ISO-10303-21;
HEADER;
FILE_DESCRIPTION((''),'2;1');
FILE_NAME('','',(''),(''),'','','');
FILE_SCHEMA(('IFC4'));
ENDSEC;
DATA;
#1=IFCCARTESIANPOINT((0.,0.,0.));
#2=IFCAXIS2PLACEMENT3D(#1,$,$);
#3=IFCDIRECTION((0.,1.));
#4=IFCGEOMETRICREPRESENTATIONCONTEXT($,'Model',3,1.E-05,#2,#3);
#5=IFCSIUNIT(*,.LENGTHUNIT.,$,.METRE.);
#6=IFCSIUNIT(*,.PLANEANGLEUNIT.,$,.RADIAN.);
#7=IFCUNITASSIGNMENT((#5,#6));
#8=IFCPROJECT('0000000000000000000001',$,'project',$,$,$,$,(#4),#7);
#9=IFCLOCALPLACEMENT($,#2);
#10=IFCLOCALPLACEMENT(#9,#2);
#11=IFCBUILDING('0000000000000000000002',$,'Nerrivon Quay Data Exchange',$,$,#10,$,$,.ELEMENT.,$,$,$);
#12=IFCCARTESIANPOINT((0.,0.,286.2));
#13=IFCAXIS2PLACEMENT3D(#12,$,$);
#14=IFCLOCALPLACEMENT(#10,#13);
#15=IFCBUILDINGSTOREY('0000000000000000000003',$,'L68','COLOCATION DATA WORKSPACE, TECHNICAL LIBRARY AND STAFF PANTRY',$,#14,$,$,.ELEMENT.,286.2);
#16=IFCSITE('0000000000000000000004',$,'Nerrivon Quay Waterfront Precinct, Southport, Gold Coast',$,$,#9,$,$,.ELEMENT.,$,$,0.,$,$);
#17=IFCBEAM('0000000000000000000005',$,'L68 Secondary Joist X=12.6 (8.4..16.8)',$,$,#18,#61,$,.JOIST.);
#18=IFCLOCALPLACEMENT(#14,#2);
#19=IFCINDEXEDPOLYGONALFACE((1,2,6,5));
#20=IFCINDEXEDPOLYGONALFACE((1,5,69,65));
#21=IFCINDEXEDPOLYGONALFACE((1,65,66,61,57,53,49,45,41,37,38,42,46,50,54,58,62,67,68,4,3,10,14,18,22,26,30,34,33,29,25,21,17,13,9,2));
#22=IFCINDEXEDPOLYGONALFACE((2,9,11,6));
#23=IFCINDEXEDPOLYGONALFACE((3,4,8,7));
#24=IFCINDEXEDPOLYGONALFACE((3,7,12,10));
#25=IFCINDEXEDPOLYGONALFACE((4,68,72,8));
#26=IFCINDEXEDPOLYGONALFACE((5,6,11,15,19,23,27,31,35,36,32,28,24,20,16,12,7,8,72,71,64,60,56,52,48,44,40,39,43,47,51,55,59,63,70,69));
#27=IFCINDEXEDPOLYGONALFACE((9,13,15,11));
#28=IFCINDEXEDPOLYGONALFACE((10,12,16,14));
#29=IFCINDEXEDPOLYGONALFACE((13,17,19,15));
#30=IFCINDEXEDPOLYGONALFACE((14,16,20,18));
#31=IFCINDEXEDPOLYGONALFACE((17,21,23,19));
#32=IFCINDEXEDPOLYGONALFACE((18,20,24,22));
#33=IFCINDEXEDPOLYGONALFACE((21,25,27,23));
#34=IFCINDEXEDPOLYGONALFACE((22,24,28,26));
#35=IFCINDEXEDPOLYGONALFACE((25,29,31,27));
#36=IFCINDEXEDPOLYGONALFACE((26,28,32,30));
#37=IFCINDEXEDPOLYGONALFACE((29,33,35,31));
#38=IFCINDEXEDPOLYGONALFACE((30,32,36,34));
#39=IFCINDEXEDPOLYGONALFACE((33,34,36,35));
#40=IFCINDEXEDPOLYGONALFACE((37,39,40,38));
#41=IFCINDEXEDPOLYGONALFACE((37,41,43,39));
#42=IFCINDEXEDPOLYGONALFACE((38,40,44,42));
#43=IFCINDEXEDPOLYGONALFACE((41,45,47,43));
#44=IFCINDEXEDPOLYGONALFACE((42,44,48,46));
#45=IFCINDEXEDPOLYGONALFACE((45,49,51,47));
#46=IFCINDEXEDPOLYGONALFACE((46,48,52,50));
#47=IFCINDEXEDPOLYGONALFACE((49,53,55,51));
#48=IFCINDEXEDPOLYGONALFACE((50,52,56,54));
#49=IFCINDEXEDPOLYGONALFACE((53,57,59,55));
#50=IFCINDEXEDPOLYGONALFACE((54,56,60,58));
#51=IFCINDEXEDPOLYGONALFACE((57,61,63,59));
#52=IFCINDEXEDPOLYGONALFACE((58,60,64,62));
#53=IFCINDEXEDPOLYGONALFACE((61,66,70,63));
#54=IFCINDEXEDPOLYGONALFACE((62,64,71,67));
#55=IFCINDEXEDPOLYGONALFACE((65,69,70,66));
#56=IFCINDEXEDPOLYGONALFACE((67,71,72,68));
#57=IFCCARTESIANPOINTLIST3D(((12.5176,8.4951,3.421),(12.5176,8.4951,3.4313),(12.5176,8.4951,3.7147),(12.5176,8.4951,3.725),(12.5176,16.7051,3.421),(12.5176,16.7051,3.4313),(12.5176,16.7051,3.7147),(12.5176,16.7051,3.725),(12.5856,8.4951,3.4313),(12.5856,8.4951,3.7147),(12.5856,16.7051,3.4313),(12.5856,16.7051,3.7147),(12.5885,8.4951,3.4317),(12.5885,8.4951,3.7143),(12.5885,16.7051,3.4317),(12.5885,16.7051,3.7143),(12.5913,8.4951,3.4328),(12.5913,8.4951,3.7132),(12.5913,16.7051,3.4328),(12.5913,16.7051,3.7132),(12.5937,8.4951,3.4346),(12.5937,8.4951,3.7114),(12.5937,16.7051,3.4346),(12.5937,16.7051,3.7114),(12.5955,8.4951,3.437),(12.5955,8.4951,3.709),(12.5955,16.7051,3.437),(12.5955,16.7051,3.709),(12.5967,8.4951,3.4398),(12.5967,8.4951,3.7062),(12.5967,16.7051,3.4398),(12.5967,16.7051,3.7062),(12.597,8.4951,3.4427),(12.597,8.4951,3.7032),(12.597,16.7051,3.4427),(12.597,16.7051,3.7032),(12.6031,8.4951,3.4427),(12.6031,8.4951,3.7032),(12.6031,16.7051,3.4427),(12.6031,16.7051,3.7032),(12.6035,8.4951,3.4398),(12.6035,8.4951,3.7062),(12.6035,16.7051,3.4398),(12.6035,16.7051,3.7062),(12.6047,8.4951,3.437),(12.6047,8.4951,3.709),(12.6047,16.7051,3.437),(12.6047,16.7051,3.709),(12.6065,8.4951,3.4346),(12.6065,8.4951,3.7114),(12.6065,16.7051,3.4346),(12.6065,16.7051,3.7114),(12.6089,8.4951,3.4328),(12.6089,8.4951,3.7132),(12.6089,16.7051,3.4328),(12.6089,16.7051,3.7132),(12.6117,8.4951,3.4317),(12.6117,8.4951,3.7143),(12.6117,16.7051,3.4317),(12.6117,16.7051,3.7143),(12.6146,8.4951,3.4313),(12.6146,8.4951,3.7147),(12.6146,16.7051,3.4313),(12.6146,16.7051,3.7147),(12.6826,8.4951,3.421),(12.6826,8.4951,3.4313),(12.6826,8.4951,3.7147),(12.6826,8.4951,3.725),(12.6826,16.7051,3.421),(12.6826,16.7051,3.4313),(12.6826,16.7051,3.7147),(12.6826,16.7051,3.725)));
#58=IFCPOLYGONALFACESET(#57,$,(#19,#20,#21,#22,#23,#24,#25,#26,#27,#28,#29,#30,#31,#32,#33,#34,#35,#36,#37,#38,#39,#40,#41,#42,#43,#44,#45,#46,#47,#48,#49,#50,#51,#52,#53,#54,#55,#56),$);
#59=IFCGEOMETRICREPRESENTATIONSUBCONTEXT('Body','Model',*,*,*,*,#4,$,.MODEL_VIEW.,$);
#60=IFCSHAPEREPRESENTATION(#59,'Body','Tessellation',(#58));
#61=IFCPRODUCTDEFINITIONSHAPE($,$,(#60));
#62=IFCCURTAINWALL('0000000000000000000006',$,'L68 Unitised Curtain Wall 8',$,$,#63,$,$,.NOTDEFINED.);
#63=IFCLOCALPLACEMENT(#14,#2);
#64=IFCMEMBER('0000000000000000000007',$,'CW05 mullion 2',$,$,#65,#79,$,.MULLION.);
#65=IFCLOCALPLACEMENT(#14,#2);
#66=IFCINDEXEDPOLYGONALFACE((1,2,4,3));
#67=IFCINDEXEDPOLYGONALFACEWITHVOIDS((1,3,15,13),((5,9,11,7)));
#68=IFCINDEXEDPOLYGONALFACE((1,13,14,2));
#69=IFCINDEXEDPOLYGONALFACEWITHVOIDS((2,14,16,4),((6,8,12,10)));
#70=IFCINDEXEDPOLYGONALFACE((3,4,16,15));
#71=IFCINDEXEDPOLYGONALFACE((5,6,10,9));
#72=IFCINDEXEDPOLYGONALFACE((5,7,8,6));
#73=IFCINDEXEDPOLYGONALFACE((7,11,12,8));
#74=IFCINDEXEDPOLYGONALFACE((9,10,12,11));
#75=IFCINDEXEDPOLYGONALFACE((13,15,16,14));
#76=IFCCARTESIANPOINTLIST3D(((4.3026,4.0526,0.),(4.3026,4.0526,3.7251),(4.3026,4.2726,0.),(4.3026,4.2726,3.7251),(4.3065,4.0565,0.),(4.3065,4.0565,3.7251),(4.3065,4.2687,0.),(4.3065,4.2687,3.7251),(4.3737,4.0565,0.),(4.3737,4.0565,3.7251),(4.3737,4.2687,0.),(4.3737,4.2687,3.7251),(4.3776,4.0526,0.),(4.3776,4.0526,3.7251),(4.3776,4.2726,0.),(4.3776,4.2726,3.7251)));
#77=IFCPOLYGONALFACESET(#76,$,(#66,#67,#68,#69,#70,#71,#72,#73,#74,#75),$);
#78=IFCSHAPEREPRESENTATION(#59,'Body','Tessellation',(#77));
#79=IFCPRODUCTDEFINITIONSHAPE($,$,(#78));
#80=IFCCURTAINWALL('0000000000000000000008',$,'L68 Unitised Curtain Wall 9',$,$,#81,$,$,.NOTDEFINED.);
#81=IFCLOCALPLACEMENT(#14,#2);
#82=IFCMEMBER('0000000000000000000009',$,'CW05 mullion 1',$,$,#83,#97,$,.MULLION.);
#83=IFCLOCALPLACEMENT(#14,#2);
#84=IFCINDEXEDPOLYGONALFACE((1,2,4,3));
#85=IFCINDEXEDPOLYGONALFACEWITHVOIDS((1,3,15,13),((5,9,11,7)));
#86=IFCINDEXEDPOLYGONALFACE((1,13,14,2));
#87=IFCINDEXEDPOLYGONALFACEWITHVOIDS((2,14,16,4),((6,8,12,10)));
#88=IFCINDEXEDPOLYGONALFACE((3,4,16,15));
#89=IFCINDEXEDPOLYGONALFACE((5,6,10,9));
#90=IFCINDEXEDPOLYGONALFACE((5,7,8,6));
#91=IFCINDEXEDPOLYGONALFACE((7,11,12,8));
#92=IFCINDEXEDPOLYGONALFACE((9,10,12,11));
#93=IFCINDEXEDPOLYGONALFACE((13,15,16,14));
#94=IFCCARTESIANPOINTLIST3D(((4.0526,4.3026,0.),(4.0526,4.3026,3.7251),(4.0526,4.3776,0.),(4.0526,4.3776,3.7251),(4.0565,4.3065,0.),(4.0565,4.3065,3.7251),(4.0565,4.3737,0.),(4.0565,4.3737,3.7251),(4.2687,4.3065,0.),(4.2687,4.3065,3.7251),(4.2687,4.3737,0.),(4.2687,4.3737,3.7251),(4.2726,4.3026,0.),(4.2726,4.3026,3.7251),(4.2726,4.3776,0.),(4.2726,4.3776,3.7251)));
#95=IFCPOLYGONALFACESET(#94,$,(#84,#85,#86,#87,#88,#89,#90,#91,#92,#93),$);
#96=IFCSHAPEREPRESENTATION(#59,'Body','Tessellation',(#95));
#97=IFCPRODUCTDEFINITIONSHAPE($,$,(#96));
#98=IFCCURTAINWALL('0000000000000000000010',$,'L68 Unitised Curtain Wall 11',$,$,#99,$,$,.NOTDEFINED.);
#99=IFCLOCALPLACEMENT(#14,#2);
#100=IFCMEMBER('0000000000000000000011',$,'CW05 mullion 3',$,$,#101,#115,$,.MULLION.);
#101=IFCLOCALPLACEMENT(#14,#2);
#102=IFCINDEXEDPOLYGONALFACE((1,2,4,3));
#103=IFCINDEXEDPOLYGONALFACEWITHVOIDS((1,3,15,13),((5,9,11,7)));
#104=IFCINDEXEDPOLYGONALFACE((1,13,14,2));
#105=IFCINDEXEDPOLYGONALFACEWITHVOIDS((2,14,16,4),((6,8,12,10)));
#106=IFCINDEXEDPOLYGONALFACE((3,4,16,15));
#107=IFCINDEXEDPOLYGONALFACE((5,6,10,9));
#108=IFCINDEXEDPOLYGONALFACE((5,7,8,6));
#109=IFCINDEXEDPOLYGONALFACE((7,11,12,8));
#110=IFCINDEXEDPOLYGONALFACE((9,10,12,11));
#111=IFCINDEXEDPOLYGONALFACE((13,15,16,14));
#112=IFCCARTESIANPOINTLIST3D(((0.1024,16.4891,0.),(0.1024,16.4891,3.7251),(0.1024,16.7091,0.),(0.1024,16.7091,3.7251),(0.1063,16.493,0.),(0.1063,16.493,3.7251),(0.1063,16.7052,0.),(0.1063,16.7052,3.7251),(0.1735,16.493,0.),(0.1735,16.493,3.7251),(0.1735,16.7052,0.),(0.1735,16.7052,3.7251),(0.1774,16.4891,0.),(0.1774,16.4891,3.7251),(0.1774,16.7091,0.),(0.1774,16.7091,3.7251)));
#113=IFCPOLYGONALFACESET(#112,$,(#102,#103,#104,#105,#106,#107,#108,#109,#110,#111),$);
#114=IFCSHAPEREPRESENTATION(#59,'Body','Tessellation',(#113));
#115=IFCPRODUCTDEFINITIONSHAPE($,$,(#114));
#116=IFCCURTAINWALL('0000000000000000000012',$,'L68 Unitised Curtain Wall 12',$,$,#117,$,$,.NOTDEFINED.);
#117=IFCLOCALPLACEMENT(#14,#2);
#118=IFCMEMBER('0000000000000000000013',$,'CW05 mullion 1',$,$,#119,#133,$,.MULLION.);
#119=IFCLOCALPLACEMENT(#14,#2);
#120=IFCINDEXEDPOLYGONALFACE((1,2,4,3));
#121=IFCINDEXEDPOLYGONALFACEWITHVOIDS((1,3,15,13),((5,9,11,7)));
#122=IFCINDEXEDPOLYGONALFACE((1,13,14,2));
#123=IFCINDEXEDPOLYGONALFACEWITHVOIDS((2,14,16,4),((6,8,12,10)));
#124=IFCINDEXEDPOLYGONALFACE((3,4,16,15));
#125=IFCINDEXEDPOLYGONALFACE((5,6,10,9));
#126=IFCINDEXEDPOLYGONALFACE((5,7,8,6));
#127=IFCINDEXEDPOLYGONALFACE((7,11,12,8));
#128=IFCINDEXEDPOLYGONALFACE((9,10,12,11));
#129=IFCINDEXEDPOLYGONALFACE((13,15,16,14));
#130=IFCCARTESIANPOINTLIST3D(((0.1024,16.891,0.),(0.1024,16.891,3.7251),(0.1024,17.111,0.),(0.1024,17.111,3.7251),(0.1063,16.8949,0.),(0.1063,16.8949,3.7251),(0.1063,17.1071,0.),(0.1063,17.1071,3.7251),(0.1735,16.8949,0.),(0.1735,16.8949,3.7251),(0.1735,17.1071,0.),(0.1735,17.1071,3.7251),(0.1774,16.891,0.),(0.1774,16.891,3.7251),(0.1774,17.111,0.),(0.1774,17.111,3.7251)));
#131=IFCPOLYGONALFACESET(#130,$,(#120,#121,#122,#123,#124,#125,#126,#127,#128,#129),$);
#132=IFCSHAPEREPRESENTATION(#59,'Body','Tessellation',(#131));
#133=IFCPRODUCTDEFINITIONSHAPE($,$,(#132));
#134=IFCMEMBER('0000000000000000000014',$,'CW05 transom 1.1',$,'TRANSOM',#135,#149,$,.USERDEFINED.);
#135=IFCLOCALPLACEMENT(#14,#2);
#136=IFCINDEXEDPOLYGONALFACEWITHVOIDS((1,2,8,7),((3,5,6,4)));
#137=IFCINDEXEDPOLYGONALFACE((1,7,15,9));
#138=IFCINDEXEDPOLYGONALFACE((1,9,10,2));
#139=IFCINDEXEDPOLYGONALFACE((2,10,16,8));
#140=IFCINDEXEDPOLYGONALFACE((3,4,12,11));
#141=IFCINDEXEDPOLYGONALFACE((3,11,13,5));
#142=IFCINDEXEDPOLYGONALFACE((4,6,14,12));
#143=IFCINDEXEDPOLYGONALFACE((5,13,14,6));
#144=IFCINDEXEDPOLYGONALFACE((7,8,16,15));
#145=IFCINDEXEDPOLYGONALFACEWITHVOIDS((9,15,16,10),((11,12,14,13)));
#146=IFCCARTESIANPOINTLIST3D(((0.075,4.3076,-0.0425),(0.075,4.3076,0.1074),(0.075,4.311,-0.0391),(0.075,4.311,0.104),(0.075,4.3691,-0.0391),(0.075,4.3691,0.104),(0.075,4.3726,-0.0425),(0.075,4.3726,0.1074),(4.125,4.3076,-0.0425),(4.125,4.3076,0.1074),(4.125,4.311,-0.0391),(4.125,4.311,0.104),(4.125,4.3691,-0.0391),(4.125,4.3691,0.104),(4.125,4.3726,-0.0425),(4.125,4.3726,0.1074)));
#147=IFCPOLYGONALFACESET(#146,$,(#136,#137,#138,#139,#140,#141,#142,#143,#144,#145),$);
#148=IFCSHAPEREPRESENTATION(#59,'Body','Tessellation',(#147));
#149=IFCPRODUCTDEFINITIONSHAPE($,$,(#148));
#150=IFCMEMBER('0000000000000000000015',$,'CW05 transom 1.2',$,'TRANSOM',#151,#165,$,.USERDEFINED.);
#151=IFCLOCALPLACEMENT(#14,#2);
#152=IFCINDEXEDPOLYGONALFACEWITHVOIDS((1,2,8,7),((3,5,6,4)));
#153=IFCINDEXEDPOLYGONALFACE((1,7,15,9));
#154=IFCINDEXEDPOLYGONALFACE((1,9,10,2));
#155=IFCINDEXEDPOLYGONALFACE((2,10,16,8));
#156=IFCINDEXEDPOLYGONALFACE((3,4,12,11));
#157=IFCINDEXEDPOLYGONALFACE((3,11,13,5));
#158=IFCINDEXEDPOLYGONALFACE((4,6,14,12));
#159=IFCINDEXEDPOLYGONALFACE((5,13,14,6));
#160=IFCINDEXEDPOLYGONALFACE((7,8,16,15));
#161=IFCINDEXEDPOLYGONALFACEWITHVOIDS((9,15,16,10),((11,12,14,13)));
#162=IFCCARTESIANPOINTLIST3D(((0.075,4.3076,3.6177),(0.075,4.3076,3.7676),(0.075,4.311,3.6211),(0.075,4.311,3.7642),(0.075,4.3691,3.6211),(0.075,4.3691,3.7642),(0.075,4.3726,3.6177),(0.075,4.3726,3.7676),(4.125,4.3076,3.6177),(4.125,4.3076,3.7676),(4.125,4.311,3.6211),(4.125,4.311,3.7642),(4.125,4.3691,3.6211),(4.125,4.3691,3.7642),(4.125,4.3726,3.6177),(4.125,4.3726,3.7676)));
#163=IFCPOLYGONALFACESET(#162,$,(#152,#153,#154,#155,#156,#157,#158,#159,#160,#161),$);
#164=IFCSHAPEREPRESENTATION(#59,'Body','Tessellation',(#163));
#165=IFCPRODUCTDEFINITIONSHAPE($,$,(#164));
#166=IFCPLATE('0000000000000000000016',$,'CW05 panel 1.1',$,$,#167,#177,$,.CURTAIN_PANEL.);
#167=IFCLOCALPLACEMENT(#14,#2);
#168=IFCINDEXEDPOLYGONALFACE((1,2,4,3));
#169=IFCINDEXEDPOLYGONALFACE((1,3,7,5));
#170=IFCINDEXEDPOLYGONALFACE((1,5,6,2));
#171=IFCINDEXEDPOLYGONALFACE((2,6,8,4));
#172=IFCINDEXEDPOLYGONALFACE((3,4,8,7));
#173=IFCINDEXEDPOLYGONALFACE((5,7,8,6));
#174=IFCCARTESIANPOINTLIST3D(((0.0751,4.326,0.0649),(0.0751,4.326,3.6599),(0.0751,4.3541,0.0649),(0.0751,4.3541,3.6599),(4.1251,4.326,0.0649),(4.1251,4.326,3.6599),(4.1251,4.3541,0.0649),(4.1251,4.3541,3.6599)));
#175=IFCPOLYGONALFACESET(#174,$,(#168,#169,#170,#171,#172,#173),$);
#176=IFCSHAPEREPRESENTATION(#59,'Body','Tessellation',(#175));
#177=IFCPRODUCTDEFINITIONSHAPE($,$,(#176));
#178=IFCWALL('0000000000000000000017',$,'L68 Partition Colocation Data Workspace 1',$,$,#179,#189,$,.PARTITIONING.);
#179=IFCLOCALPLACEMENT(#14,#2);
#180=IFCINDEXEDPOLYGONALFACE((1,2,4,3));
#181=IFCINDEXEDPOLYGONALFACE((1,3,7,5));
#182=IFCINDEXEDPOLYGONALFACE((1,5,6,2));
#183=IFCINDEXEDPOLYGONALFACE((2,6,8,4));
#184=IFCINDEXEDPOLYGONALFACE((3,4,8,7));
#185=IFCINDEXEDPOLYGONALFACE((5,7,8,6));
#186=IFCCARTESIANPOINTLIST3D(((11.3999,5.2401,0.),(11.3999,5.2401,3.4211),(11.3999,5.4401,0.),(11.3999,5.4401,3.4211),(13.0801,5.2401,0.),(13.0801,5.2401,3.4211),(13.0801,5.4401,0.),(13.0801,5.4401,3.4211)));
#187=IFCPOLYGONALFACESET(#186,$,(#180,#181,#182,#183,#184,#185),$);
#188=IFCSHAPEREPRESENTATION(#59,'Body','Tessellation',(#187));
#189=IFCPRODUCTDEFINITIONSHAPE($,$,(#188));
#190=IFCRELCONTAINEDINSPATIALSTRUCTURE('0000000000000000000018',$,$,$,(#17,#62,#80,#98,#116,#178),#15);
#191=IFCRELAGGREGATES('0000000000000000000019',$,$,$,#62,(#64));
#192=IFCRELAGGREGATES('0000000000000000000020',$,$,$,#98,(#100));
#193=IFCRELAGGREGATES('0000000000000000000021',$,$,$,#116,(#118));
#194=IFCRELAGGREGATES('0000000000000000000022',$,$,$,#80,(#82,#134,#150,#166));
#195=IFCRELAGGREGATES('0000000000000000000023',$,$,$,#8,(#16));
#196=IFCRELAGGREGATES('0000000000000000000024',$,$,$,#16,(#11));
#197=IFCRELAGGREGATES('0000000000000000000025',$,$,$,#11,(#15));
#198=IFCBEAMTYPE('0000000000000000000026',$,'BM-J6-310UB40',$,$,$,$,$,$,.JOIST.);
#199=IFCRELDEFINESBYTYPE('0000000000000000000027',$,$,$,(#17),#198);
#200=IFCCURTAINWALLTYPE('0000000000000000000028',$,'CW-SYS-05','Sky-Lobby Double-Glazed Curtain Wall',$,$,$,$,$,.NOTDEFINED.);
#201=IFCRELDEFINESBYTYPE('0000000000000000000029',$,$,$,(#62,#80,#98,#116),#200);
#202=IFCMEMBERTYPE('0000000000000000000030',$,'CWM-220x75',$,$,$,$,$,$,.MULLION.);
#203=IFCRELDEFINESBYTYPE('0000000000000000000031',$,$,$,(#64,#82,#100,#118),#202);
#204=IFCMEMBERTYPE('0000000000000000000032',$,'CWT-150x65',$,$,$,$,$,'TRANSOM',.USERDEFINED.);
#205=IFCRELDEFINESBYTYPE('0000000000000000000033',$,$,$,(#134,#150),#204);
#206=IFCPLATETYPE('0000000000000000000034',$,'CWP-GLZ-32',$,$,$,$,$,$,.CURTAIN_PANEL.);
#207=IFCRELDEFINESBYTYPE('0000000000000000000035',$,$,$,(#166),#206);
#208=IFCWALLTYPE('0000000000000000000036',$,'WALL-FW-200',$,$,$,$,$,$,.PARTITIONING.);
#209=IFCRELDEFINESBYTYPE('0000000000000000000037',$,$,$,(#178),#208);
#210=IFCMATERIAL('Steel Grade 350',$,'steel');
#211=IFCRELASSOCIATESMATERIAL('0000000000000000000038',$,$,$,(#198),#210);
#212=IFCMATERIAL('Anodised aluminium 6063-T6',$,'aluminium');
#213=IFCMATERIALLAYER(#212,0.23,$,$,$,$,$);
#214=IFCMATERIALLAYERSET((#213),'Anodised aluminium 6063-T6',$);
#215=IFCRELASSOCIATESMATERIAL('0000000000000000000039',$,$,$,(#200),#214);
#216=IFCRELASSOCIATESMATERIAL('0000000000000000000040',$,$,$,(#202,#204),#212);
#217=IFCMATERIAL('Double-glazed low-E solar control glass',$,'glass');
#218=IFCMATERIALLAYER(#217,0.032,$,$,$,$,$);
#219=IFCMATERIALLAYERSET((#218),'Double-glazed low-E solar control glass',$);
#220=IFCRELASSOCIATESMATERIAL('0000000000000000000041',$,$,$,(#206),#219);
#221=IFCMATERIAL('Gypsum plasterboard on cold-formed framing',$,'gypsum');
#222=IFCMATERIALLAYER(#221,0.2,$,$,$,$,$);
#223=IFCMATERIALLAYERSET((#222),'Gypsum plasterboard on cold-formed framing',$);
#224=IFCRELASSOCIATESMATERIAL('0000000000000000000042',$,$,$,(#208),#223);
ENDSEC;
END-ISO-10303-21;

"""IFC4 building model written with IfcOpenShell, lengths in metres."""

from ifc_helpers import new_model, si_unit, direction, frame, frame_2d, origin, origin_2d, place, context, subcontext, project, spatial, rectangle, hollow_rectangle, i_section, extrude, material, layer, layer_set, material_profile, profile_set, type_object, element, aggregate, save


model = new_model("IFC4")

# Units and contexts
model_context = context("Model", 3, precision=1e-05, world=origin(), true_north=direction((0.0, 1.0)))
body_context = subcontext(model_context, "Body", "Model", "MODEL_VIEW")
ifc_project = project(units=[si_unit("LENGTHUNIT", "METRE"), si_unit("PLANEANGLEUNIT", "RADIAN")], contexts=[model_context])

# Site, building, storey
site_placement = place(None, origin())
site = spatial("IfcSite", under=ifc_project, at=site_placement, Name="Nerrivon Quay Waterfront Precinct, Southport, Gold Coast", CompositionType="ELEMENT", RefElevation=0.0)
building_placement = place(site_placement, origin())
building = spatial("IfcBuilding", under=site, at=building_placement, Name="Nerrivon Quay Data Exchange", CompositionType="ELEMENT")
storey_placement = place(building_placement, frame((0.0, 0.0, 286.2)))
storey = spatial("IfcBuildingStorey", under=building, at=storey_placement, Name="L68", Description="COLOCATION DATA WORKSPACE, TECHNICAL LIBRARY AND STAFF PANTRY", CompositionType="ELEMENT", Elevation=286.2)

# Shared definitions
ifc_material_1 = material(Name="Steel Grade 350", Category="steel")

# Beam
ifc_material_profile_1 = material_profile(ifc_material_1, i_section(OverallWidth=0.165, OverallDepth=0.304, WebThickness=0.0061, FlangeThickness=0.0103, FilletRadius=0.0115, at=origin_2d()), Name="310UB40.4")
ifc_profile_set_1 = profile_set([ifc_material_profile_1], Name="Steel Grade 350")
beam_type_1 = type_object("IfcBeamType", Name="BM-J6-310UB40", PredefinedType="JOIST", material=ifc_profile_set_1)
for number, where, z_axis, x_axis, name in (
    (1, (12.6001, 8.4951, 3.573), (0.0, 1.0, 0.0), (-1.0, 0.0, 0.0), "L68 Secondary Joist X=12.6 (8.4..16.8)"),
):
    element("IfcBeam", number, at=place(storey_placement, frame(where, z_axis=z_axis, x_axis=x_axis)), inside=storey, type_object=beam_type_1, Name=name, PredefinedType="JOIST", context=body_context, shape_type="SweptSolid", body=[
        extrude(i_section(OverallWidth=0.165, OverallDepth=0.304, WebThickness=0.0061, FlangeThickness=0.0103, FilletRadius=0.0115, at=origin_2d()), origin(), (0.0, 0.0, 1.0), 8.21),
    ])

# Curtain walls, members
ifc_material_2 = material(Name="Anodised aluminium 6063-T6", Category="aluminium")
ifc_layer_1 = layer(ifc_material_2, 0.23)
ifc_layer_set_1 = layer_set([ifc_layer_1], Name="Anodised aluminium 6063-T6")
curtain_wall_type = type_object("IfcCurtainWallType", Name="CW-SYS-05", Description="Sky-Lobby Double-Glazed Curtain Wall", PredefinedType="NOTDEFINED", material=ifc_layer_set_1)
curtain_wall_1_placement = place(storey_placement, origin())
curtain_wall_1 = element("IfcCurtainWall", 2, at=curtain_wall_1_placement, inside=storey, type_object=curtain_wall_type, Name="L68 Unitised Curtain Wall 8", PredefinedType="NOTDEFINED")
ifc_material_profile_2 = material_profile(ifc_material_2, hollow_rectangle(XDim=0.075, YDim=0.22, WallThickness=0.0039, at=origin_2d()), Name="ALU-MULL-220x75")
ifc_profile_set_2 = profile_set([ifc_material_profile_2], Name="Anodised aluminium 6063-T6")
member_type_1 = type_object("IfcMemberType", Name="CWM-220x75", PredefinedType="MULLION", material=ifc_profile_set_2)
member_1_placement = place(storey_placement, frame((4.3401, 4.1626, 0.0), z_axis=(0.0, 0.0, 1.0), x_axis=(-1.0, 0.0, 0.0)))
member_1 = element("IfcMember", 3, at=member_1_placement, type_object=member_type_1, Name="CW05 mullion 2", PredefinedType="MULLION", context=body_context, shape_type="SweptSolid", body=[
    extrude(hollow_rectangle(XDim=0.075, YDim=0.22, WallThickness=0.0039, at=origin_2d()), origin(), (0.0, 0.0, 1.0), 3.7251),
])
aggregate(curtain_wall_1, [member_1])
curtain_wall_2_placement = place(storey_placement, origin())
curtain_wall_2 = element("IfcCurtainWall", 4, at=curtain_wall_2_placement, inside=storey, type_object=curtain_wall_type, Name="L68 Unitised Curtain Wall 9", PredefinedType="NOTDEFINED")
member_2_placement = place(storey_placement, frame((4.1626, 4.3401, 0.0), z_axis=(0.0, 0.0, 1.0), x_axis=(0.0, -1.0, 0.0)))
member_2 = element("IfcMember", 5, at=member_2_placement, type_object=member_type_1, Name="CW05 mullion 1", PredefinedType="MULLION", context=body_context, shape_type="SweptSolid", body=[
    extrude(hollow_rectangle(XDim=0.075, YDim=0.22, WallThickness=0.0039, at=origin_2d()), origin(), (0.0, 0.0, 1.0), 3.7251),
])
curtain_wall_3_placement = place(storey_placement, origin())
curtain_wall_3 = element("IfcCurtainWall", 6, at=curtain_wall_3_placement, inside=storey, type_object=curtain_wall_type, Name="L68 Unitised Curtain Wall 11", PredefinedType="NOTDEFINED")
member_3_placement = place(storey_placement, frame((0.1399, 16.5991, 0.0), z_axis=(0.0, 0.0, 1.0), x_axis=(-1.0, 0.0, 0.0)))
member_3 = element("IfcMember", 7, at=member_3_placement, type_object=member_type_1, Name="CW05 mullion 3", PredefinedType="MULLION", context=body_context, shape_type="SweptSolid", body=[
    extrude(hollow_rectangle(XDim=0.075, YDim=0.22, WallThickness=0.0039, at=origin_2d()), origin(), (0.0, 0.0, 1.0), 3.7251),
])
aggregate(curtain_wall_3, [member_3])
curtain_wall_4_placement = place(storey_placement, origin())
curtain_wall_4 = element("IfcCurtainWall", 8, at=curtain_wall_4_placement, inside=storey, type_object=curtain_wall_type, Name="L68 Unitised Curtain Wall 12", PredefinedType="NOTDEFINED")
member_4_placement = place(storey_placement, frame((0.1399, 17.001, 0.0), z_axis=(0.0, 0.0, 1.0), x_axis=(-1.0, 0.0, 0.0)))
member_4 = element("IfcMember", 9, at=member_4_placement, type_object=member_type_1, Name="CW05 mullion 1", PredefinedType="MULLION", context=body_context, shape_type="SweptSolid", body=[
    extrude(hollow_rectangle(XDim=0.075, YDim=0.22, WallThickness=0.0039, at=origin_2d()), origin(), (0.0, 0.0, 1.0), 3.7251),
])
aggregate(curtain_wall_4, [member_4])

# Members
ifc_material_profile_3 = material_profile(ifc_material_2, hollow_rectangle(XDim=0.0649, YDim=0.1499, WallThickness=0.0034, at=origin_2d()), Name="ALU-TRAN-150x65")
ifc_profile_set_3 = profile_set([ifc_material_profile_3], Name="Anodised aluminium 6063-T6")
member_type_2 = type_object("IfcMemberType", Name="CWT-150x65", ElementType="TRANSOM", PredefinedType="USERDEFINED", material=ifc_profile_set_3)
member_5_placement = place(storey_placement, frame((4.125, 4.3401, 0.0325), z_axis=(-1.0, 0.0, 0.0), x_axis=(0.0, -1.0, 0.0)))
member_5 = element("IfcMember", 10, at=member_5_placement, type_object=member_type_2, Name="CW05 transom 1.1", ObjectType="TRANSOM", PredefinedType="USERDEFINED", context=body_context, shape_type="SweptSolid", body=[
    extrude(hollow_rectangle(XDim=0.0649, YDim=0.1499, WallThickness=0.0034, at=origin_2d()), origin(), (0.0, 0.0, 1.0), 4.05),
])
member_6_placement = place(storey_placement, frame((4.125, 4.3401, 3.6926), z_axis=(-1.0, 0.0, 0.0), x_axis=(0.0, -1.0, 0.0)))
member_6 = element("IfcMember", 11, at=member_6_placement, type_object=member_type_2, Name="CW05 transom 1.2", ObjectType="TRANSOM", PredefinedType="USERDEFINED", context=body_context, shape_type="SweptSolid", body=[
    extrude(hollow_rectangle(XDim=0.0649, YDim=0.1499, WallThickness=0.0034, at=origin_2d()), origin(), (0.0, 0.0, 1.0), 4.05),
])

# Plate
ifc_material_3 = material(Name="Double-glazed low-E solar control glass", Category="glass")
ifc_layer_2 = layer(ifc_material_3, 0.032)
ifc_layer_set_2 = layer_set([ifc_layer_2], Name="Double-glazed low-E solar control glass")
plate_type = type_object("IfcPlateType", Name="CWP-GLZ-32", PredefinedType="CURTAIN_PANEL", material=ifc_layer_set_2)
plate_placement = place(storey_placement, frame((2.1001, 4.3401, 0.0649), z_axis=(0.0, 0.0, 1.0), x_axis=(-1.0, 0.0, 0.0)))
plate = element("IfcPlate", 12, at=plate_placement, type_object=plate_type, Name="CW05 panel 1.1", PredefinedType="CURTAIN_PANEL", context=body_context, shape_type="SweptSolid", body=[
    extrude(rectangle(XDim=4.05, YDim=0.0281, at=origin_2d()), origin(), (0.0, 0.0, 1.0), 3.595),
])
aggregate(curtain_wall_2, [member_2, member_5, member_6, plate])

# Shared definitions
ifc_material_4 = material(Name="Gypsum plasterboard on cold-formed framing", Category="gypsum")
ifc_layer_3 = layer(ifc_material_4, 0.2)
ifc_layer_set_3 = layer_set([ifc_layer_3], Name="Gypsum plasterboard on cold-formed framing")
wall_type_1 = type_object("IfcWallType", Name="WALL-FW-200", PredefinedType="PARTITIONING", material=ifc_layer_set_3)

# Wall
wall_1_placement = place(storey_placement, frame((13.0801, 5.3401, 0.0), z_axis=(0.0, 0.0, 1.0), x_axis=(-1.0, 0.0, 0.0)))
element("IfcWall", 13, at=wall_1_placement, inside=storey, type_object=wall_type_1, Name="L68 Partition Colocation Data Workspace 1", PredefinedType="PARTITIONING", context=body_context, shape_type="SweptSolid", body=[
    extrude(rectangle(XDim=1.6802, YDim=0.2, at=frame_2d((0.8401, 0.0))), origin(), (0.0, 0.0, 1.0), 3.4211),
])

save(model, "model.ifc")
